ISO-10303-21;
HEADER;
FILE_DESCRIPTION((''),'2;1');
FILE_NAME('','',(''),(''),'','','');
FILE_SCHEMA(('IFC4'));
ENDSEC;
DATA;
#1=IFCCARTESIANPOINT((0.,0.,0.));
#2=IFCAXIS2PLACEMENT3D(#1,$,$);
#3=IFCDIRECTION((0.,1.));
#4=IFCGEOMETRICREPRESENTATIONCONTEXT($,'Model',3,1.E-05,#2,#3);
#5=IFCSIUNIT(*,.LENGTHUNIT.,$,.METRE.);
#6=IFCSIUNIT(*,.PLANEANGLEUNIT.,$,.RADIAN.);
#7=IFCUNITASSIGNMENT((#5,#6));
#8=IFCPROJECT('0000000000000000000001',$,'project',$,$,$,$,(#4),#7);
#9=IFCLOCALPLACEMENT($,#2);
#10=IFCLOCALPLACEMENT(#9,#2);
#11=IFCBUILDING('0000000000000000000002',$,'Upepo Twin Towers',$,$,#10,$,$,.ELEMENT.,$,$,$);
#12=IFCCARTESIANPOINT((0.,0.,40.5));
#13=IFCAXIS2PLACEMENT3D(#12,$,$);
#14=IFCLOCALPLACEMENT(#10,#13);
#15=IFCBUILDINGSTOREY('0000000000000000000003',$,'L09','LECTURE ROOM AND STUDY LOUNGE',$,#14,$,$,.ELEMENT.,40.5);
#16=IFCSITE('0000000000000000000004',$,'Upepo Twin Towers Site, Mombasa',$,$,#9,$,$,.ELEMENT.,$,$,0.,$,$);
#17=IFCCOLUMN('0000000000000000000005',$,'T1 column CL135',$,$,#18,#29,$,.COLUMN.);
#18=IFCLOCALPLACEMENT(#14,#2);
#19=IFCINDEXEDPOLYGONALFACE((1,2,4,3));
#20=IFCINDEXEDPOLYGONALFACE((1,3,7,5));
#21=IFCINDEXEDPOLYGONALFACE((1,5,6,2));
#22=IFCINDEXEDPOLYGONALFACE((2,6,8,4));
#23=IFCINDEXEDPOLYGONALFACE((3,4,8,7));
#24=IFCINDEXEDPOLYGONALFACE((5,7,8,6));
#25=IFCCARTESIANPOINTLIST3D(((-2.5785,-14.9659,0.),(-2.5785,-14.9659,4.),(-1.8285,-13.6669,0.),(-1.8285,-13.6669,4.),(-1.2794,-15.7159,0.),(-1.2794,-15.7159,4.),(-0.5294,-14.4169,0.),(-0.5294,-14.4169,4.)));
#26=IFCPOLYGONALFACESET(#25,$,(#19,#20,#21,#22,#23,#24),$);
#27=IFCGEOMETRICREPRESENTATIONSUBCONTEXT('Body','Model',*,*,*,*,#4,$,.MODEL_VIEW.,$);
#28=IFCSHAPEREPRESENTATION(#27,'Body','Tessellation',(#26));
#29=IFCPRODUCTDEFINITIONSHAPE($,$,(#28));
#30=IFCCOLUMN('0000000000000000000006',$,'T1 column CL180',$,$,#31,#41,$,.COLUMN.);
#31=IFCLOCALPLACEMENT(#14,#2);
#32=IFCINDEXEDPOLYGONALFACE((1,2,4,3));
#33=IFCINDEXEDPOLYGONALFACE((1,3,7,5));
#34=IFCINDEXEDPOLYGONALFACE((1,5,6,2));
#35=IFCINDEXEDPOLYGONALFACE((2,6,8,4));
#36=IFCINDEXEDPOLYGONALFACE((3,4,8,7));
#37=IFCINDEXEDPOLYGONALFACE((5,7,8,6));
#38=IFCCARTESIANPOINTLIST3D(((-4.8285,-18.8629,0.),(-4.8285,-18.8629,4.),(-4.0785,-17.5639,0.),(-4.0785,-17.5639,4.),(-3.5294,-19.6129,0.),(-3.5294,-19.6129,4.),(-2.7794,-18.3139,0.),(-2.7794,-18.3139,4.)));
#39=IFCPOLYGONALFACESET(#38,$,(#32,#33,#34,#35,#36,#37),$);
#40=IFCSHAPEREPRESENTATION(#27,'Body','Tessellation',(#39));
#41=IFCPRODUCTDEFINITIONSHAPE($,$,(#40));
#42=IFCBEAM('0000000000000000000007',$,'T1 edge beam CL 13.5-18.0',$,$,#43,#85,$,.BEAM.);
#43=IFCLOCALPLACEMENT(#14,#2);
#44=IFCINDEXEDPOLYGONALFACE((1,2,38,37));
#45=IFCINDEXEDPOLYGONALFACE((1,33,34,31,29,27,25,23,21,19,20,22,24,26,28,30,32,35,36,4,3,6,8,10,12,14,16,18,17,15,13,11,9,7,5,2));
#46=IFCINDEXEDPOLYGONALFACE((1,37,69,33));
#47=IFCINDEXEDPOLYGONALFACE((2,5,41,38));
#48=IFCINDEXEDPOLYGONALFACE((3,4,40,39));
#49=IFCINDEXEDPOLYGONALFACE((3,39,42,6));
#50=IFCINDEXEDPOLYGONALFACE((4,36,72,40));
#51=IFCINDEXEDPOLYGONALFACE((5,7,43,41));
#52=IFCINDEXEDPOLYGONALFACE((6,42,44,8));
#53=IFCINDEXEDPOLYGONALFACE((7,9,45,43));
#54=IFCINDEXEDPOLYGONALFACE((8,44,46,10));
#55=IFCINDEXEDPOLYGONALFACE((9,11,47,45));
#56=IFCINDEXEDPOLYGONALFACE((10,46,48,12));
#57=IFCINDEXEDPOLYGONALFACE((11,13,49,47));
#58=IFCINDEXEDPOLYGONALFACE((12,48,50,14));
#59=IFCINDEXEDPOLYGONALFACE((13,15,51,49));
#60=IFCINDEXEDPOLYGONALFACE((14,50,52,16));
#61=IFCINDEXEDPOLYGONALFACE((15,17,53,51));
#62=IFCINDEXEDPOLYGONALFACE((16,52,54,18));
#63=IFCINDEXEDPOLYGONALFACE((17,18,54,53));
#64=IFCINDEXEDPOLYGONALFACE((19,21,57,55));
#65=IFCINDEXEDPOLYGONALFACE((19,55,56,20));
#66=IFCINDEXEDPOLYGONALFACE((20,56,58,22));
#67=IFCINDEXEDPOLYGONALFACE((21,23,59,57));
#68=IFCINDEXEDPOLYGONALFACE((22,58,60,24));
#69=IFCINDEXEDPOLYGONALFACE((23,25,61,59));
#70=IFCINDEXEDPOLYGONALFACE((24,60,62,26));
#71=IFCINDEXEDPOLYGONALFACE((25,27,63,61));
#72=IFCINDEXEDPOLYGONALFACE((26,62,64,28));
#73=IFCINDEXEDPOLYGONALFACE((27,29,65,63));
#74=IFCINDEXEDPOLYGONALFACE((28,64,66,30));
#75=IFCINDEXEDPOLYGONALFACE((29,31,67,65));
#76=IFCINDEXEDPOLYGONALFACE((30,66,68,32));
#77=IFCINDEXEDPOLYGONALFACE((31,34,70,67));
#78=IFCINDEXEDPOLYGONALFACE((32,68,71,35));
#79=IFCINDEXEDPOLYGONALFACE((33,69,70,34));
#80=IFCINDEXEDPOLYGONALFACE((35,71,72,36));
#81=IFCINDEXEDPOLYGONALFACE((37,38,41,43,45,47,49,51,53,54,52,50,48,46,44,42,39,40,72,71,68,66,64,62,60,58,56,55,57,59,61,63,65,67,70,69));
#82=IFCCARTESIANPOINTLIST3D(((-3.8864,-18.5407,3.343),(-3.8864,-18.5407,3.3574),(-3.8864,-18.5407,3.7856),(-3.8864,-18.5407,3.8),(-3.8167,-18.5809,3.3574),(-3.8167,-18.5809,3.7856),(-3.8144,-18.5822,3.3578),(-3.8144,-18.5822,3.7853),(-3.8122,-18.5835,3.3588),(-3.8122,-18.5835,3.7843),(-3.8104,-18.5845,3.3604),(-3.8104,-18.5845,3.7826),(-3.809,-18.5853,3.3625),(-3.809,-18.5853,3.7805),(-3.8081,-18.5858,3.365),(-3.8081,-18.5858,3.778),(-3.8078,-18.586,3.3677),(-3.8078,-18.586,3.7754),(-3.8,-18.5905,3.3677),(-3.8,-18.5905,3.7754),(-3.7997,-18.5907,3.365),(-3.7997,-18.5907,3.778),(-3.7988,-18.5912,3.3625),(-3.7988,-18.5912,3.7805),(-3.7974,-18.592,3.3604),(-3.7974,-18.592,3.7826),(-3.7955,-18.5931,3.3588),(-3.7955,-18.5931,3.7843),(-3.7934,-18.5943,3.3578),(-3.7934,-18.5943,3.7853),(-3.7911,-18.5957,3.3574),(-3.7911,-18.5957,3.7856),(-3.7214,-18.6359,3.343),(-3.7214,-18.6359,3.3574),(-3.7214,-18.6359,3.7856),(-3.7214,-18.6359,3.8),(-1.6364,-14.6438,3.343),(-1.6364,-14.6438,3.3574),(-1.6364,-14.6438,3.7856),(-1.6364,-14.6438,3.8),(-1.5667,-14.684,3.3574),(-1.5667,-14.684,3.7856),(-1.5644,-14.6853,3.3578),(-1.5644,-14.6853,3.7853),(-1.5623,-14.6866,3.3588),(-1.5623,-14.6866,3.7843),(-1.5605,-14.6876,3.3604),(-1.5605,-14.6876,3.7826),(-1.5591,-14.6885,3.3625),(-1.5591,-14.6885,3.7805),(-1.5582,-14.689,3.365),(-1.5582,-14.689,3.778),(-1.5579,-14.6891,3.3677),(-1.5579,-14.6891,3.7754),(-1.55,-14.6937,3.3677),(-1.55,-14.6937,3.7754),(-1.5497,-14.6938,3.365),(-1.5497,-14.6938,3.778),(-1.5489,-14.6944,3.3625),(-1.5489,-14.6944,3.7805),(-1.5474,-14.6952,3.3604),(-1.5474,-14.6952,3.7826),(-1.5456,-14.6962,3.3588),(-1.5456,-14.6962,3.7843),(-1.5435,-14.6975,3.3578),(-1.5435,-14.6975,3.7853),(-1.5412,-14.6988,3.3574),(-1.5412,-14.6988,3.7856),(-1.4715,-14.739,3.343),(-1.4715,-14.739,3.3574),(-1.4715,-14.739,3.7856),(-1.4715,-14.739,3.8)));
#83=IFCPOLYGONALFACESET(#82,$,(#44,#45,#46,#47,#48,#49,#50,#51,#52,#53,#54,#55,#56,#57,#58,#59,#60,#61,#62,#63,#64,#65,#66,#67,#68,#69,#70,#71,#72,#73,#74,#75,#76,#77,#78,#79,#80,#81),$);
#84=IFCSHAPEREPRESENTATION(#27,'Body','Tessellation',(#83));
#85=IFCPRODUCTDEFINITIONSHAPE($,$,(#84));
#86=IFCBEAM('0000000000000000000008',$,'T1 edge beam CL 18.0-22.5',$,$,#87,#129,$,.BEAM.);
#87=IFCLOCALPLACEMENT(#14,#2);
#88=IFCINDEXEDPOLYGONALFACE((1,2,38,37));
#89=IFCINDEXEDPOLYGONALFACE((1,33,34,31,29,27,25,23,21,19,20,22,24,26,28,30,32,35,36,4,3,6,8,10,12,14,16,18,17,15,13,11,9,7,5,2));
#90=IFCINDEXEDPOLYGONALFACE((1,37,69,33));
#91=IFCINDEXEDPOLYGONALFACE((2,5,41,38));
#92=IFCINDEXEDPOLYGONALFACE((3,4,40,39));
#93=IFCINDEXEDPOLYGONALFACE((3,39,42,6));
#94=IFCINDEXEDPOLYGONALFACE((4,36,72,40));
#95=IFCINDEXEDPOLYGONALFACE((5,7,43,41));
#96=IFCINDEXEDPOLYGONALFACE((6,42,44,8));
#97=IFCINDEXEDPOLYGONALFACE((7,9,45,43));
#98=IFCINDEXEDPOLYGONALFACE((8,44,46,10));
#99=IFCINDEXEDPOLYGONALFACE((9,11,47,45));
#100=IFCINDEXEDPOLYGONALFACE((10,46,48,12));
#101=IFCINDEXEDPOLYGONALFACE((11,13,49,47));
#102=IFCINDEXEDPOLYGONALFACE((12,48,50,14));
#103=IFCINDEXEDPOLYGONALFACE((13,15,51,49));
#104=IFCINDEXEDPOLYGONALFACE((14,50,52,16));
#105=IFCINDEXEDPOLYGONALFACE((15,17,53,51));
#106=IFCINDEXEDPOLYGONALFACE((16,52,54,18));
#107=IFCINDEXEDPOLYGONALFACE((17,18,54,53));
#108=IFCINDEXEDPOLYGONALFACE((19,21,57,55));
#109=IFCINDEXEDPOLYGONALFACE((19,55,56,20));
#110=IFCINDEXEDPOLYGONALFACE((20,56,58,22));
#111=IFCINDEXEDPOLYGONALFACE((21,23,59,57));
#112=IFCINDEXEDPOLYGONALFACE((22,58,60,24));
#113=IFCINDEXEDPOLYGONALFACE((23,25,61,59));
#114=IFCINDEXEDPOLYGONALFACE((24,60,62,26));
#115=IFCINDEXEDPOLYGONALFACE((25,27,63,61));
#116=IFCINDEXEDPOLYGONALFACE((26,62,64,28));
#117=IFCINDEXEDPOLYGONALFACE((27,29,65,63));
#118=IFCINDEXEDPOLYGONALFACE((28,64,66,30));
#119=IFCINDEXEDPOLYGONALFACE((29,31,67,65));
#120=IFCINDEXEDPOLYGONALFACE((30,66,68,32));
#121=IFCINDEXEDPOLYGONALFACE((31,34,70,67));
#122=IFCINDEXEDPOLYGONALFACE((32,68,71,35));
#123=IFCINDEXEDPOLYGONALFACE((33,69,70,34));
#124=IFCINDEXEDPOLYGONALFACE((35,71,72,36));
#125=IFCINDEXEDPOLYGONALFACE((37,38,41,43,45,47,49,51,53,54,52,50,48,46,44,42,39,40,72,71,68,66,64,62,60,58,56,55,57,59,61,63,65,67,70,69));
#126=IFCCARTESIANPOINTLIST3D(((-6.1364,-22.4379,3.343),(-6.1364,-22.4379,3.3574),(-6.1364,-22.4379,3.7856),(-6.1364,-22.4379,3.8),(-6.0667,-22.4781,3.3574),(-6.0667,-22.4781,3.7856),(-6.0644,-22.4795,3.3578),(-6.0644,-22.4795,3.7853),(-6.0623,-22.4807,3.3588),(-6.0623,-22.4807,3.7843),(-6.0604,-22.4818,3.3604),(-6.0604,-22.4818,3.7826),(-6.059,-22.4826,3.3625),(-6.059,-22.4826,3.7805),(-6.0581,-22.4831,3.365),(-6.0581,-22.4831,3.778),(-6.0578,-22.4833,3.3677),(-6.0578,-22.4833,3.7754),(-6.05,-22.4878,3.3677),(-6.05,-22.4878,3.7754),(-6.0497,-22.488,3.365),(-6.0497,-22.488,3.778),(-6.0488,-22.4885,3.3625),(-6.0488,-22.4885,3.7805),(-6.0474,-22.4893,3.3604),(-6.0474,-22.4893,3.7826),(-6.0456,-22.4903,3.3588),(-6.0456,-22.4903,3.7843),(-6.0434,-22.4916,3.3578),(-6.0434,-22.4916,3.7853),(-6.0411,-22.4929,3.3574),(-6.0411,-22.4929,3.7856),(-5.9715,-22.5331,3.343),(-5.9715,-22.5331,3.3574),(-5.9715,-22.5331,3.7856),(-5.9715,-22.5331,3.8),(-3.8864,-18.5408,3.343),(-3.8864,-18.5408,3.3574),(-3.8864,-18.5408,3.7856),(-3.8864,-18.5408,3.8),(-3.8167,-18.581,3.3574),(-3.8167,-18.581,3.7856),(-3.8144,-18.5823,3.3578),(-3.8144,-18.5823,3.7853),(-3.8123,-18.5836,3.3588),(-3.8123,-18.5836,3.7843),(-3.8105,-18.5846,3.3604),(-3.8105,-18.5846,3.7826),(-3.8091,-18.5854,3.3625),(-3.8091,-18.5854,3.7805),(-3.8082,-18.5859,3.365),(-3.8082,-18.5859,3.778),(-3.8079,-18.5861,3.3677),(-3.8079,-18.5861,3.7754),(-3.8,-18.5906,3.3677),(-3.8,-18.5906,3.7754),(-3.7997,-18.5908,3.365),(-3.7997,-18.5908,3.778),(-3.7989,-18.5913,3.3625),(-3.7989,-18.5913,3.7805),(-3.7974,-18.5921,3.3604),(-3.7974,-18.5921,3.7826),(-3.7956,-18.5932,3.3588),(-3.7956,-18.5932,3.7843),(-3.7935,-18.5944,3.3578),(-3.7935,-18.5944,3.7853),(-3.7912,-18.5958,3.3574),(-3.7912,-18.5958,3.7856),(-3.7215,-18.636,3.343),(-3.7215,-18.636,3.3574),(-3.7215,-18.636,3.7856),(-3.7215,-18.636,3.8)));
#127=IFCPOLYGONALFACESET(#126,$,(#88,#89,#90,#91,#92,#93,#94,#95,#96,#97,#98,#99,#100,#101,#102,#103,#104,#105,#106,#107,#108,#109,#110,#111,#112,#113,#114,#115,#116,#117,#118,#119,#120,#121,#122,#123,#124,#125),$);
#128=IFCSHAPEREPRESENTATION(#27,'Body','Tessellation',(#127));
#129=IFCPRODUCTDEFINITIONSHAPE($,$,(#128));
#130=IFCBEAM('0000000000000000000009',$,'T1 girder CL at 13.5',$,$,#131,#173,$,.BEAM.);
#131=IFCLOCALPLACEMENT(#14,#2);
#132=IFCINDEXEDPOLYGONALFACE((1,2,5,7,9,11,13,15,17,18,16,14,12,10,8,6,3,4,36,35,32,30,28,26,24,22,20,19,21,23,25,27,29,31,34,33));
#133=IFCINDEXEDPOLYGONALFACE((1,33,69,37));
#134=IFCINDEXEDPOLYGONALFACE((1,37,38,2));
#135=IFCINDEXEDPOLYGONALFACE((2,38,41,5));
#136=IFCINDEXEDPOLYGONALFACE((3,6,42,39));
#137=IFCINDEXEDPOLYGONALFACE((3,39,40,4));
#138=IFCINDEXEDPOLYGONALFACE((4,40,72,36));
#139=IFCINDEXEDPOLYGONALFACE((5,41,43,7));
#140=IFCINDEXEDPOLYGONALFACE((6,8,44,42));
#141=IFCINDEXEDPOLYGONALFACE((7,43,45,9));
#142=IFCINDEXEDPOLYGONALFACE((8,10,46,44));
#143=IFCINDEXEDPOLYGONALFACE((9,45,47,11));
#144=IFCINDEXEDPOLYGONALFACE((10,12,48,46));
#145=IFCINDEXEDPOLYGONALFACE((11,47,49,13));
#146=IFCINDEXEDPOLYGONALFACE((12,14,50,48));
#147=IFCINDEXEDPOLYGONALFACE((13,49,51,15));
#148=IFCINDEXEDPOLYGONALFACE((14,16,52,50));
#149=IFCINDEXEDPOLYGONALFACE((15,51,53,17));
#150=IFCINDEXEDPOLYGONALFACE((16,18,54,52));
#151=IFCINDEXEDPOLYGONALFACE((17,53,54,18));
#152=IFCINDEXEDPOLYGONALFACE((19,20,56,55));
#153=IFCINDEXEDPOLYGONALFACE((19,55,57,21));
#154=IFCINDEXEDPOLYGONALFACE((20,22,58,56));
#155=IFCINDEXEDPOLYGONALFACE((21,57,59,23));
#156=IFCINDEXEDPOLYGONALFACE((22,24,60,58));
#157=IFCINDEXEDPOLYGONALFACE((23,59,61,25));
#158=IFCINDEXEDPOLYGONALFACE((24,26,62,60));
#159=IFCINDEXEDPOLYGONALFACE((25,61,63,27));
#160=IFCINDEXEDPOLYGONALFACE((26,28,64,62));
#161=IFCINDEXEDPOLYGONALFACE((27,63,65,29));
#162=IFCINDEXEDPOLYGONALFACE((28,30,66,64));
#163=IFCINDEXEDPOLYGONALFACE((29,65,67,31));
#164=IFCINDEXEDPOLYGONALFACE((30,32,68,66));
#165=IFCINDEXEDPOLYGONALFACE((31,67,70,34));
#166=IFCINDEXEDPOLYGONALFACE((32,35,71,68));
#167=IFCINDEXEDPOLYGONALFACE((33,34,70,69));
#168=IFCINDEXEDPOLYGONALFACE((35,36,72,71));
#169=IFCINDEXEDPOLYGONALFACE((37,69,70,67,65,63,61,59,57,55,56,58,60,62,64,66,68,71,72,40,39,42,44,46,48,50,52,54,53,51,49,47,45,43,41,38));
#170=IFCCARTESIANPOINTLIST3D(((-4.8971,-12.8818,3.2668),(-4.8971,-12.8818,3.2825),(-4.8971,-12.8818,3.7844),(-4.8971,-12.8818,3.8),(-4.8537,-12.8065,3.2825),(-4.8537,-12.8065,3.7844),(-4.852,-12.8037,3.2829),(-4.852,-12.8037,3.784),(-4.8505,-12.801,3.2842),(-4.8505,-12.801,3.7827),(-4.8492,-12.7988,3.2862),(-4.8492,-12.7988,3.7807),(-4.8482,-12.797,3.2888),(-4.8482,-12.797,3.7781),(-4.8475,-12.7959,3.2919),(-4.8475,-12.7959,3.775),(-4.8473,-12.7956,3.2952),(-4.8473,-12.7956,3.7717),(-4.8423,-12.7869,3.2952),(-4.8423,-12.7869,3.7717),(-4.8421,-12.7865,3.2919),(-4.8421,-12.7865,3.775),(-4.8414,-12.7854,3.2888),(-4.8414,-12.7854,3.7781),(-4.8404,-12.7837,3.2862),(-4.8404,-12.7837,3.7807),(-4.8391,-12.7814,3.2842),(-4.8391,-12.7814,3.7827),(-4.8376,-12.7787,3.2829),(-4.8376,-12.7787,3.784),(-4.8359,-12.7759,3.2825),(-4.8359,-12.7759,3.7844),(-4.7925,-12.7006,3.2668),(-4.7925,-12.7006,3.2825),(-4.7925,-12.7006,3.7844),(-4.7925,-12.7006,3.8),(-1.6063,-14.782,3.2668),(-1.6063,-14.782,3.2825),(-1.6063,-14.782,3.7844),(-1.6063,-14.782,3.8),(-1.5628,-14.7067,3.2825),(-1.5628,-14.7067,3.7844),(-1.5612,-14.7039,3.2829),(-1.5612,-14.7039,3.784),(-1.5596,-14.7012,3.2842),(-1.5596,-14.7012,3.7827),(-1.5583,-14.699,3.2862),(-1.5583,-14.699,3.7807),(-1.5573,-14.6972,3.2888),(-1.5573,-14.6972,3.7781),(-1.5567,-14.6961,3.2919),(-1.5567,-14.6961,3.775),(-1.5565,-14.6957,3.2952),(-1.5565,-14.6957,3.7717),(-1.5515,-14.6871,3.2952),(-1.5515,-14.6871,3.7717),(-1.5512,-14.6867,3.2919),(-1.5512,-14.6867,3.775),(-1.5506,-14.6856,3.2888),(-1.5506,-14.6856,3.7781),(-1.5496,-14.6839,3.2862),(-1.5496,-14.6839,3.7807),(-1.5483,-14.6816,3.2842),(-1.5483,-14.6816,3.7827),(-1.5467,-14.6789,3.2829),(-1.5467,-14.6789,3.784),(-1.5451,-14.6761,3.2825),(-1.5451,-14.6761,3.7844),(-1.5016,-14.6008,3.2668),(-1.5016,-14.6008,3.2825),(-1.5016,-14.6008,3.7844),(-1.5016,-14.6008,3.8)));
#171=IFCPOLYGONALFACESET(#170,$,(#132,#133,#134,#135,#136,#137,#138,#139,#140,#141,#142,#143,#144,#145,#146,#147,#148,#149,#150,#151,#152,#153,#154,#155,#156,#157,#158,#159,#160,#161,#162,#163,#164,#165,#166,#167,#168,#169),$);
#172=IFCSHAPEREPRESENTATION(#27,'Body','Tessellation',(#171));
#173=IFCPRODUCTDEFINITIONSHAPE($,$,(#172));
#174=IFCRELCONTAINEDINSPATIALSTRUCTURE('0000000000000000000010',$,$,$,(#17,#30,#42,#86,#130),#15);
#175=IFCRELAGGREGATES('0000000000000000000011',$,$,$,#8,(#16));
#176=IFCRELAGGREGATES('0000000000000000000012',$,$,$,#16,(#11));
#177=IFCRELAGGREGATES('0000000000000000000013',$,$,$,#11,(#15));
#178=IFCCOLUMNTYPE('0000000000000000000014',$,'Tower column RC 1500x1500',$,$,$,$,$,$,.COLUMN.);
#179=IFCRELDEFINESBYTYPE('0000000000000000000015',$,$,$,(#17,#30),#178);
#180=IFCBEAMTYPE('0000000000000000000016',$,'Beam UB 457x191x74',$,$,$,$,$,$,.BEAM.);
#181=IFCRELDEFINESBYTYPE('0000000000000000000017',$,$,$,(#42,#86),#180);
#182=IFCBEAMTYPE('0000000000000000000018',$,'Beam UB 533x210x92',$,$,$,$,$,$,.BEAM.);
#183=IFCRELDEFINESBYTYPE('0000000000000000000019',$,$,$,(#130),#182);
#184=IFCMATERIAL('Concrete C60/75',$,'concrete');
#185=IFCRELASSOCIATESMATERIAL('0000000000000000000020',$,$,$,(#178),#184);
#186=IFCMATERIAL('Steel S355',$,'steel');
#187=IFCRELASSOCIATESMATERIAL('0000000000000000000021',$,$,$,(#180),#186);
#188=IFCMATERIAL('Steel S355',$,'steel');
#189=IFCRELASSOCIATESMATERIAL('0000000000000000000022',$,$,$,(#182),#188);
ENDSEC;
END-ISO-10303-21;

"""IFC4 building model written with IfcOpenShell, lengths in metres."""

from ifc_helpers import new_model, si_unit, direction, frame, origin, origin_2d, place, context, subcontext, project, spatial, rectangle, i_section, extrude, material, material_profile, profile_set, type_object, element, save


model = new_model("IFC4")

# Units and contexts
model_context = context("Model", 3, precision=1e-05, world=origin(), true_north=direction((0.0, 1.0)))
body_context = subcontext(model_context, "Body", "Model", "MODEL_VIEW")
ifc_project = project(units=[si_unit("LENGTHUNIT", "METRE"), si_unit("PLANEANGLEUNIT", "RADIAN")], contexts=[model_context])

# Site, building, storey
site_placement = place(None, origin())
site = spatial("IfcSite", under=ifc_project, at=site_placement, Name="Upepo Twin Towers Site, Mombasa", CompositionType="ELEMENT", RefElevation=0.0)
building_placement = place(site_placement, origin())
building = spatial("IfcBuilding", under=site, at=building_placement, Name="Upepo Twin Towers", CompositionType="ELEMENT")
storey_placement = place(building_placement, frame((0.0, 0.0, 40.5)))
storey = spatial("IfcBuildingStorey", under=building, at=storey_placement, Name="L09", Description="LECTURE ROOM AND STUDY LOUNGE", CompositionType="ELEMENT", Elevation=40.5)

# Columns
ifc_material_1 = material(Name="Concrete C60/75", Category="concrete")
ifc_material_profile_1 = material_profile(ifc_material_1, rectangle(XDim=1.5, YDim=1.5, at=origin_2d()), Name="RC 1500x1500")
ifc_profile_set_1 = profile_set([ifc_material_profile_1], Name="Concrete C60/75")
column_type = type_object("IfcColumnType", Name="Tower column RC 1500x1500", PredefinedType="COLUMN", material=ifc_profile_set_1)
for number, where, z_axis, x_axis, name in (
    (1, (-1.554, -14.6914, 0.0), (0.0, 0.0, 1.0), (0.5, 0.866025, 0.0), "T1 column CL135"),
    (2, (-3.804, -18.5884, 0.0), (0.0, 0.0, 1.0), (0.5, 0.866025, 0.0), "T1 column CL180"),
):
    element("IfcColumn", number, at=place(storey_placement, frame(where, z_axis=z_axis, x_axis=x_axis)), inside=storey, type_object=column_type, Name=name, PredefinedType="COLUMN", context=body_context, shape_type="SweptSolid", body=[
        extrude(rectangle(XDim=1.5, YDim=1.5, at=origin_2d()), origin(), (0.0, 0.0, 1.0), 4.0),
    ])

# Beams
ifc_material_2 = material(Name="Steel S355", Category="steel")
ifc_material_profile_2 = material_profile(ifc_material_2, i_section(OverallWidth=0.1904, OverallDepth=0.457, WebThickness=0.009, FlangeThickness=0.0144, FilletRadius=0.0103, at=origin_2d()), Name="UB 457x191x74")
ifc_profile_set_2 = profile_set([ifc_material_profile_2], Name="Steel S355")
beam_type_1 = type_object("IfcBeamType", Name="Beam UB 457x191x74", PredefinedType="BEAM", material=ifc_profile_set_2)
beam_1_placement = place(storey_placement, frame((-1.554, -14.6914, 3.5715), z_axis=(-0.500014, -0.866018, 0.0), x_axis=(0.866018, -0.500014, 0.0)))
element("IfcBeam", 3, at=beam_1_placement, inside=storey, type_object=beam_type_1, Name="T1 edge beam CL 13.5-18.0", PredefinedType="BEAM", context=body_context, shape_type="SweptSolid", body=[
    extrude(i_section(OverallWidth=0.1904, OverallDepth=0.457, WebThickness=0.009, FlangeThickness=0.0144, FilletRadius=0.0103, at=origin_2d()), origin(), (0.0, 0.0, 1.0), 4.4998),
])
beam_2_placement = place(storey_placement, frame((-3.804, -18.5884, 3.5715), z_axis=(-0.49999, -0.866031, 0.0), x_axis=(0.866031, -0.49999, 0.0)))
element("IfcBeam", 4, at=beam_2_placement, inside=storey, type_object=beam_type_1, Name="T1 edge beam CL 18.0-22.5", PredefinedType="BEAM", context=body_context, shape_type="SweptSolid", body=[
    extrude(i_section(OverallWidth=0.1904, OverallDepth=0.457, WebThickness=0.009, FlangeThickness=0.0144, FilletRadius=0.0103, at=origin_2d()), origin(), (0.0, 0.0, 1.0), 4.5),
])
ifc_material_3 = material(Name="Steel S355", Category="steel")
ifc_material_profile_3 = material_profile(ifc_material_3, i_section(OverallWidth=0.2092, OverallDepth=0.5332, WebThickness=0.01, FlangeThickness=0.0156, FilletRadius=0.0127, at=origin_2d()), Name="UB 533x210x92")
ifc_profile_set_3 = profile_set([ifc_material_profile_3], Name="Steel S355")
beam_type_2 = type_object("IfcBeamType", Name="Beam UB 533x210x92", PredefinedType="BEAM", material=ifc_profile_set_3)
beam_3_placement = place(storey_placement, frame((-1.554, -14.6914, 3.5334), z_axis=(-0.866, 0.500043, 0.0), x_axis=(-0.500043, -0.866, 0.0)))
element("IfcBeam", 5, at=beam_3_placement, inside=storey, type_object=beam_type_2, Name="T1 girder CL at 13.5", PredefinedType="BEAM", context=body_context, shape_type="SweptSolid", body=[
    extrude(i_section(OverallWidth=0.2092, OverallDepth=0.5332, WebThickness=0.01, FlangeThickness=0.0156, FilletRadius=0.0127, at=origin_2d()), origin(), (0.0, 0.0, 1.0), 3.8),
])

save(model, "model.ifc")
